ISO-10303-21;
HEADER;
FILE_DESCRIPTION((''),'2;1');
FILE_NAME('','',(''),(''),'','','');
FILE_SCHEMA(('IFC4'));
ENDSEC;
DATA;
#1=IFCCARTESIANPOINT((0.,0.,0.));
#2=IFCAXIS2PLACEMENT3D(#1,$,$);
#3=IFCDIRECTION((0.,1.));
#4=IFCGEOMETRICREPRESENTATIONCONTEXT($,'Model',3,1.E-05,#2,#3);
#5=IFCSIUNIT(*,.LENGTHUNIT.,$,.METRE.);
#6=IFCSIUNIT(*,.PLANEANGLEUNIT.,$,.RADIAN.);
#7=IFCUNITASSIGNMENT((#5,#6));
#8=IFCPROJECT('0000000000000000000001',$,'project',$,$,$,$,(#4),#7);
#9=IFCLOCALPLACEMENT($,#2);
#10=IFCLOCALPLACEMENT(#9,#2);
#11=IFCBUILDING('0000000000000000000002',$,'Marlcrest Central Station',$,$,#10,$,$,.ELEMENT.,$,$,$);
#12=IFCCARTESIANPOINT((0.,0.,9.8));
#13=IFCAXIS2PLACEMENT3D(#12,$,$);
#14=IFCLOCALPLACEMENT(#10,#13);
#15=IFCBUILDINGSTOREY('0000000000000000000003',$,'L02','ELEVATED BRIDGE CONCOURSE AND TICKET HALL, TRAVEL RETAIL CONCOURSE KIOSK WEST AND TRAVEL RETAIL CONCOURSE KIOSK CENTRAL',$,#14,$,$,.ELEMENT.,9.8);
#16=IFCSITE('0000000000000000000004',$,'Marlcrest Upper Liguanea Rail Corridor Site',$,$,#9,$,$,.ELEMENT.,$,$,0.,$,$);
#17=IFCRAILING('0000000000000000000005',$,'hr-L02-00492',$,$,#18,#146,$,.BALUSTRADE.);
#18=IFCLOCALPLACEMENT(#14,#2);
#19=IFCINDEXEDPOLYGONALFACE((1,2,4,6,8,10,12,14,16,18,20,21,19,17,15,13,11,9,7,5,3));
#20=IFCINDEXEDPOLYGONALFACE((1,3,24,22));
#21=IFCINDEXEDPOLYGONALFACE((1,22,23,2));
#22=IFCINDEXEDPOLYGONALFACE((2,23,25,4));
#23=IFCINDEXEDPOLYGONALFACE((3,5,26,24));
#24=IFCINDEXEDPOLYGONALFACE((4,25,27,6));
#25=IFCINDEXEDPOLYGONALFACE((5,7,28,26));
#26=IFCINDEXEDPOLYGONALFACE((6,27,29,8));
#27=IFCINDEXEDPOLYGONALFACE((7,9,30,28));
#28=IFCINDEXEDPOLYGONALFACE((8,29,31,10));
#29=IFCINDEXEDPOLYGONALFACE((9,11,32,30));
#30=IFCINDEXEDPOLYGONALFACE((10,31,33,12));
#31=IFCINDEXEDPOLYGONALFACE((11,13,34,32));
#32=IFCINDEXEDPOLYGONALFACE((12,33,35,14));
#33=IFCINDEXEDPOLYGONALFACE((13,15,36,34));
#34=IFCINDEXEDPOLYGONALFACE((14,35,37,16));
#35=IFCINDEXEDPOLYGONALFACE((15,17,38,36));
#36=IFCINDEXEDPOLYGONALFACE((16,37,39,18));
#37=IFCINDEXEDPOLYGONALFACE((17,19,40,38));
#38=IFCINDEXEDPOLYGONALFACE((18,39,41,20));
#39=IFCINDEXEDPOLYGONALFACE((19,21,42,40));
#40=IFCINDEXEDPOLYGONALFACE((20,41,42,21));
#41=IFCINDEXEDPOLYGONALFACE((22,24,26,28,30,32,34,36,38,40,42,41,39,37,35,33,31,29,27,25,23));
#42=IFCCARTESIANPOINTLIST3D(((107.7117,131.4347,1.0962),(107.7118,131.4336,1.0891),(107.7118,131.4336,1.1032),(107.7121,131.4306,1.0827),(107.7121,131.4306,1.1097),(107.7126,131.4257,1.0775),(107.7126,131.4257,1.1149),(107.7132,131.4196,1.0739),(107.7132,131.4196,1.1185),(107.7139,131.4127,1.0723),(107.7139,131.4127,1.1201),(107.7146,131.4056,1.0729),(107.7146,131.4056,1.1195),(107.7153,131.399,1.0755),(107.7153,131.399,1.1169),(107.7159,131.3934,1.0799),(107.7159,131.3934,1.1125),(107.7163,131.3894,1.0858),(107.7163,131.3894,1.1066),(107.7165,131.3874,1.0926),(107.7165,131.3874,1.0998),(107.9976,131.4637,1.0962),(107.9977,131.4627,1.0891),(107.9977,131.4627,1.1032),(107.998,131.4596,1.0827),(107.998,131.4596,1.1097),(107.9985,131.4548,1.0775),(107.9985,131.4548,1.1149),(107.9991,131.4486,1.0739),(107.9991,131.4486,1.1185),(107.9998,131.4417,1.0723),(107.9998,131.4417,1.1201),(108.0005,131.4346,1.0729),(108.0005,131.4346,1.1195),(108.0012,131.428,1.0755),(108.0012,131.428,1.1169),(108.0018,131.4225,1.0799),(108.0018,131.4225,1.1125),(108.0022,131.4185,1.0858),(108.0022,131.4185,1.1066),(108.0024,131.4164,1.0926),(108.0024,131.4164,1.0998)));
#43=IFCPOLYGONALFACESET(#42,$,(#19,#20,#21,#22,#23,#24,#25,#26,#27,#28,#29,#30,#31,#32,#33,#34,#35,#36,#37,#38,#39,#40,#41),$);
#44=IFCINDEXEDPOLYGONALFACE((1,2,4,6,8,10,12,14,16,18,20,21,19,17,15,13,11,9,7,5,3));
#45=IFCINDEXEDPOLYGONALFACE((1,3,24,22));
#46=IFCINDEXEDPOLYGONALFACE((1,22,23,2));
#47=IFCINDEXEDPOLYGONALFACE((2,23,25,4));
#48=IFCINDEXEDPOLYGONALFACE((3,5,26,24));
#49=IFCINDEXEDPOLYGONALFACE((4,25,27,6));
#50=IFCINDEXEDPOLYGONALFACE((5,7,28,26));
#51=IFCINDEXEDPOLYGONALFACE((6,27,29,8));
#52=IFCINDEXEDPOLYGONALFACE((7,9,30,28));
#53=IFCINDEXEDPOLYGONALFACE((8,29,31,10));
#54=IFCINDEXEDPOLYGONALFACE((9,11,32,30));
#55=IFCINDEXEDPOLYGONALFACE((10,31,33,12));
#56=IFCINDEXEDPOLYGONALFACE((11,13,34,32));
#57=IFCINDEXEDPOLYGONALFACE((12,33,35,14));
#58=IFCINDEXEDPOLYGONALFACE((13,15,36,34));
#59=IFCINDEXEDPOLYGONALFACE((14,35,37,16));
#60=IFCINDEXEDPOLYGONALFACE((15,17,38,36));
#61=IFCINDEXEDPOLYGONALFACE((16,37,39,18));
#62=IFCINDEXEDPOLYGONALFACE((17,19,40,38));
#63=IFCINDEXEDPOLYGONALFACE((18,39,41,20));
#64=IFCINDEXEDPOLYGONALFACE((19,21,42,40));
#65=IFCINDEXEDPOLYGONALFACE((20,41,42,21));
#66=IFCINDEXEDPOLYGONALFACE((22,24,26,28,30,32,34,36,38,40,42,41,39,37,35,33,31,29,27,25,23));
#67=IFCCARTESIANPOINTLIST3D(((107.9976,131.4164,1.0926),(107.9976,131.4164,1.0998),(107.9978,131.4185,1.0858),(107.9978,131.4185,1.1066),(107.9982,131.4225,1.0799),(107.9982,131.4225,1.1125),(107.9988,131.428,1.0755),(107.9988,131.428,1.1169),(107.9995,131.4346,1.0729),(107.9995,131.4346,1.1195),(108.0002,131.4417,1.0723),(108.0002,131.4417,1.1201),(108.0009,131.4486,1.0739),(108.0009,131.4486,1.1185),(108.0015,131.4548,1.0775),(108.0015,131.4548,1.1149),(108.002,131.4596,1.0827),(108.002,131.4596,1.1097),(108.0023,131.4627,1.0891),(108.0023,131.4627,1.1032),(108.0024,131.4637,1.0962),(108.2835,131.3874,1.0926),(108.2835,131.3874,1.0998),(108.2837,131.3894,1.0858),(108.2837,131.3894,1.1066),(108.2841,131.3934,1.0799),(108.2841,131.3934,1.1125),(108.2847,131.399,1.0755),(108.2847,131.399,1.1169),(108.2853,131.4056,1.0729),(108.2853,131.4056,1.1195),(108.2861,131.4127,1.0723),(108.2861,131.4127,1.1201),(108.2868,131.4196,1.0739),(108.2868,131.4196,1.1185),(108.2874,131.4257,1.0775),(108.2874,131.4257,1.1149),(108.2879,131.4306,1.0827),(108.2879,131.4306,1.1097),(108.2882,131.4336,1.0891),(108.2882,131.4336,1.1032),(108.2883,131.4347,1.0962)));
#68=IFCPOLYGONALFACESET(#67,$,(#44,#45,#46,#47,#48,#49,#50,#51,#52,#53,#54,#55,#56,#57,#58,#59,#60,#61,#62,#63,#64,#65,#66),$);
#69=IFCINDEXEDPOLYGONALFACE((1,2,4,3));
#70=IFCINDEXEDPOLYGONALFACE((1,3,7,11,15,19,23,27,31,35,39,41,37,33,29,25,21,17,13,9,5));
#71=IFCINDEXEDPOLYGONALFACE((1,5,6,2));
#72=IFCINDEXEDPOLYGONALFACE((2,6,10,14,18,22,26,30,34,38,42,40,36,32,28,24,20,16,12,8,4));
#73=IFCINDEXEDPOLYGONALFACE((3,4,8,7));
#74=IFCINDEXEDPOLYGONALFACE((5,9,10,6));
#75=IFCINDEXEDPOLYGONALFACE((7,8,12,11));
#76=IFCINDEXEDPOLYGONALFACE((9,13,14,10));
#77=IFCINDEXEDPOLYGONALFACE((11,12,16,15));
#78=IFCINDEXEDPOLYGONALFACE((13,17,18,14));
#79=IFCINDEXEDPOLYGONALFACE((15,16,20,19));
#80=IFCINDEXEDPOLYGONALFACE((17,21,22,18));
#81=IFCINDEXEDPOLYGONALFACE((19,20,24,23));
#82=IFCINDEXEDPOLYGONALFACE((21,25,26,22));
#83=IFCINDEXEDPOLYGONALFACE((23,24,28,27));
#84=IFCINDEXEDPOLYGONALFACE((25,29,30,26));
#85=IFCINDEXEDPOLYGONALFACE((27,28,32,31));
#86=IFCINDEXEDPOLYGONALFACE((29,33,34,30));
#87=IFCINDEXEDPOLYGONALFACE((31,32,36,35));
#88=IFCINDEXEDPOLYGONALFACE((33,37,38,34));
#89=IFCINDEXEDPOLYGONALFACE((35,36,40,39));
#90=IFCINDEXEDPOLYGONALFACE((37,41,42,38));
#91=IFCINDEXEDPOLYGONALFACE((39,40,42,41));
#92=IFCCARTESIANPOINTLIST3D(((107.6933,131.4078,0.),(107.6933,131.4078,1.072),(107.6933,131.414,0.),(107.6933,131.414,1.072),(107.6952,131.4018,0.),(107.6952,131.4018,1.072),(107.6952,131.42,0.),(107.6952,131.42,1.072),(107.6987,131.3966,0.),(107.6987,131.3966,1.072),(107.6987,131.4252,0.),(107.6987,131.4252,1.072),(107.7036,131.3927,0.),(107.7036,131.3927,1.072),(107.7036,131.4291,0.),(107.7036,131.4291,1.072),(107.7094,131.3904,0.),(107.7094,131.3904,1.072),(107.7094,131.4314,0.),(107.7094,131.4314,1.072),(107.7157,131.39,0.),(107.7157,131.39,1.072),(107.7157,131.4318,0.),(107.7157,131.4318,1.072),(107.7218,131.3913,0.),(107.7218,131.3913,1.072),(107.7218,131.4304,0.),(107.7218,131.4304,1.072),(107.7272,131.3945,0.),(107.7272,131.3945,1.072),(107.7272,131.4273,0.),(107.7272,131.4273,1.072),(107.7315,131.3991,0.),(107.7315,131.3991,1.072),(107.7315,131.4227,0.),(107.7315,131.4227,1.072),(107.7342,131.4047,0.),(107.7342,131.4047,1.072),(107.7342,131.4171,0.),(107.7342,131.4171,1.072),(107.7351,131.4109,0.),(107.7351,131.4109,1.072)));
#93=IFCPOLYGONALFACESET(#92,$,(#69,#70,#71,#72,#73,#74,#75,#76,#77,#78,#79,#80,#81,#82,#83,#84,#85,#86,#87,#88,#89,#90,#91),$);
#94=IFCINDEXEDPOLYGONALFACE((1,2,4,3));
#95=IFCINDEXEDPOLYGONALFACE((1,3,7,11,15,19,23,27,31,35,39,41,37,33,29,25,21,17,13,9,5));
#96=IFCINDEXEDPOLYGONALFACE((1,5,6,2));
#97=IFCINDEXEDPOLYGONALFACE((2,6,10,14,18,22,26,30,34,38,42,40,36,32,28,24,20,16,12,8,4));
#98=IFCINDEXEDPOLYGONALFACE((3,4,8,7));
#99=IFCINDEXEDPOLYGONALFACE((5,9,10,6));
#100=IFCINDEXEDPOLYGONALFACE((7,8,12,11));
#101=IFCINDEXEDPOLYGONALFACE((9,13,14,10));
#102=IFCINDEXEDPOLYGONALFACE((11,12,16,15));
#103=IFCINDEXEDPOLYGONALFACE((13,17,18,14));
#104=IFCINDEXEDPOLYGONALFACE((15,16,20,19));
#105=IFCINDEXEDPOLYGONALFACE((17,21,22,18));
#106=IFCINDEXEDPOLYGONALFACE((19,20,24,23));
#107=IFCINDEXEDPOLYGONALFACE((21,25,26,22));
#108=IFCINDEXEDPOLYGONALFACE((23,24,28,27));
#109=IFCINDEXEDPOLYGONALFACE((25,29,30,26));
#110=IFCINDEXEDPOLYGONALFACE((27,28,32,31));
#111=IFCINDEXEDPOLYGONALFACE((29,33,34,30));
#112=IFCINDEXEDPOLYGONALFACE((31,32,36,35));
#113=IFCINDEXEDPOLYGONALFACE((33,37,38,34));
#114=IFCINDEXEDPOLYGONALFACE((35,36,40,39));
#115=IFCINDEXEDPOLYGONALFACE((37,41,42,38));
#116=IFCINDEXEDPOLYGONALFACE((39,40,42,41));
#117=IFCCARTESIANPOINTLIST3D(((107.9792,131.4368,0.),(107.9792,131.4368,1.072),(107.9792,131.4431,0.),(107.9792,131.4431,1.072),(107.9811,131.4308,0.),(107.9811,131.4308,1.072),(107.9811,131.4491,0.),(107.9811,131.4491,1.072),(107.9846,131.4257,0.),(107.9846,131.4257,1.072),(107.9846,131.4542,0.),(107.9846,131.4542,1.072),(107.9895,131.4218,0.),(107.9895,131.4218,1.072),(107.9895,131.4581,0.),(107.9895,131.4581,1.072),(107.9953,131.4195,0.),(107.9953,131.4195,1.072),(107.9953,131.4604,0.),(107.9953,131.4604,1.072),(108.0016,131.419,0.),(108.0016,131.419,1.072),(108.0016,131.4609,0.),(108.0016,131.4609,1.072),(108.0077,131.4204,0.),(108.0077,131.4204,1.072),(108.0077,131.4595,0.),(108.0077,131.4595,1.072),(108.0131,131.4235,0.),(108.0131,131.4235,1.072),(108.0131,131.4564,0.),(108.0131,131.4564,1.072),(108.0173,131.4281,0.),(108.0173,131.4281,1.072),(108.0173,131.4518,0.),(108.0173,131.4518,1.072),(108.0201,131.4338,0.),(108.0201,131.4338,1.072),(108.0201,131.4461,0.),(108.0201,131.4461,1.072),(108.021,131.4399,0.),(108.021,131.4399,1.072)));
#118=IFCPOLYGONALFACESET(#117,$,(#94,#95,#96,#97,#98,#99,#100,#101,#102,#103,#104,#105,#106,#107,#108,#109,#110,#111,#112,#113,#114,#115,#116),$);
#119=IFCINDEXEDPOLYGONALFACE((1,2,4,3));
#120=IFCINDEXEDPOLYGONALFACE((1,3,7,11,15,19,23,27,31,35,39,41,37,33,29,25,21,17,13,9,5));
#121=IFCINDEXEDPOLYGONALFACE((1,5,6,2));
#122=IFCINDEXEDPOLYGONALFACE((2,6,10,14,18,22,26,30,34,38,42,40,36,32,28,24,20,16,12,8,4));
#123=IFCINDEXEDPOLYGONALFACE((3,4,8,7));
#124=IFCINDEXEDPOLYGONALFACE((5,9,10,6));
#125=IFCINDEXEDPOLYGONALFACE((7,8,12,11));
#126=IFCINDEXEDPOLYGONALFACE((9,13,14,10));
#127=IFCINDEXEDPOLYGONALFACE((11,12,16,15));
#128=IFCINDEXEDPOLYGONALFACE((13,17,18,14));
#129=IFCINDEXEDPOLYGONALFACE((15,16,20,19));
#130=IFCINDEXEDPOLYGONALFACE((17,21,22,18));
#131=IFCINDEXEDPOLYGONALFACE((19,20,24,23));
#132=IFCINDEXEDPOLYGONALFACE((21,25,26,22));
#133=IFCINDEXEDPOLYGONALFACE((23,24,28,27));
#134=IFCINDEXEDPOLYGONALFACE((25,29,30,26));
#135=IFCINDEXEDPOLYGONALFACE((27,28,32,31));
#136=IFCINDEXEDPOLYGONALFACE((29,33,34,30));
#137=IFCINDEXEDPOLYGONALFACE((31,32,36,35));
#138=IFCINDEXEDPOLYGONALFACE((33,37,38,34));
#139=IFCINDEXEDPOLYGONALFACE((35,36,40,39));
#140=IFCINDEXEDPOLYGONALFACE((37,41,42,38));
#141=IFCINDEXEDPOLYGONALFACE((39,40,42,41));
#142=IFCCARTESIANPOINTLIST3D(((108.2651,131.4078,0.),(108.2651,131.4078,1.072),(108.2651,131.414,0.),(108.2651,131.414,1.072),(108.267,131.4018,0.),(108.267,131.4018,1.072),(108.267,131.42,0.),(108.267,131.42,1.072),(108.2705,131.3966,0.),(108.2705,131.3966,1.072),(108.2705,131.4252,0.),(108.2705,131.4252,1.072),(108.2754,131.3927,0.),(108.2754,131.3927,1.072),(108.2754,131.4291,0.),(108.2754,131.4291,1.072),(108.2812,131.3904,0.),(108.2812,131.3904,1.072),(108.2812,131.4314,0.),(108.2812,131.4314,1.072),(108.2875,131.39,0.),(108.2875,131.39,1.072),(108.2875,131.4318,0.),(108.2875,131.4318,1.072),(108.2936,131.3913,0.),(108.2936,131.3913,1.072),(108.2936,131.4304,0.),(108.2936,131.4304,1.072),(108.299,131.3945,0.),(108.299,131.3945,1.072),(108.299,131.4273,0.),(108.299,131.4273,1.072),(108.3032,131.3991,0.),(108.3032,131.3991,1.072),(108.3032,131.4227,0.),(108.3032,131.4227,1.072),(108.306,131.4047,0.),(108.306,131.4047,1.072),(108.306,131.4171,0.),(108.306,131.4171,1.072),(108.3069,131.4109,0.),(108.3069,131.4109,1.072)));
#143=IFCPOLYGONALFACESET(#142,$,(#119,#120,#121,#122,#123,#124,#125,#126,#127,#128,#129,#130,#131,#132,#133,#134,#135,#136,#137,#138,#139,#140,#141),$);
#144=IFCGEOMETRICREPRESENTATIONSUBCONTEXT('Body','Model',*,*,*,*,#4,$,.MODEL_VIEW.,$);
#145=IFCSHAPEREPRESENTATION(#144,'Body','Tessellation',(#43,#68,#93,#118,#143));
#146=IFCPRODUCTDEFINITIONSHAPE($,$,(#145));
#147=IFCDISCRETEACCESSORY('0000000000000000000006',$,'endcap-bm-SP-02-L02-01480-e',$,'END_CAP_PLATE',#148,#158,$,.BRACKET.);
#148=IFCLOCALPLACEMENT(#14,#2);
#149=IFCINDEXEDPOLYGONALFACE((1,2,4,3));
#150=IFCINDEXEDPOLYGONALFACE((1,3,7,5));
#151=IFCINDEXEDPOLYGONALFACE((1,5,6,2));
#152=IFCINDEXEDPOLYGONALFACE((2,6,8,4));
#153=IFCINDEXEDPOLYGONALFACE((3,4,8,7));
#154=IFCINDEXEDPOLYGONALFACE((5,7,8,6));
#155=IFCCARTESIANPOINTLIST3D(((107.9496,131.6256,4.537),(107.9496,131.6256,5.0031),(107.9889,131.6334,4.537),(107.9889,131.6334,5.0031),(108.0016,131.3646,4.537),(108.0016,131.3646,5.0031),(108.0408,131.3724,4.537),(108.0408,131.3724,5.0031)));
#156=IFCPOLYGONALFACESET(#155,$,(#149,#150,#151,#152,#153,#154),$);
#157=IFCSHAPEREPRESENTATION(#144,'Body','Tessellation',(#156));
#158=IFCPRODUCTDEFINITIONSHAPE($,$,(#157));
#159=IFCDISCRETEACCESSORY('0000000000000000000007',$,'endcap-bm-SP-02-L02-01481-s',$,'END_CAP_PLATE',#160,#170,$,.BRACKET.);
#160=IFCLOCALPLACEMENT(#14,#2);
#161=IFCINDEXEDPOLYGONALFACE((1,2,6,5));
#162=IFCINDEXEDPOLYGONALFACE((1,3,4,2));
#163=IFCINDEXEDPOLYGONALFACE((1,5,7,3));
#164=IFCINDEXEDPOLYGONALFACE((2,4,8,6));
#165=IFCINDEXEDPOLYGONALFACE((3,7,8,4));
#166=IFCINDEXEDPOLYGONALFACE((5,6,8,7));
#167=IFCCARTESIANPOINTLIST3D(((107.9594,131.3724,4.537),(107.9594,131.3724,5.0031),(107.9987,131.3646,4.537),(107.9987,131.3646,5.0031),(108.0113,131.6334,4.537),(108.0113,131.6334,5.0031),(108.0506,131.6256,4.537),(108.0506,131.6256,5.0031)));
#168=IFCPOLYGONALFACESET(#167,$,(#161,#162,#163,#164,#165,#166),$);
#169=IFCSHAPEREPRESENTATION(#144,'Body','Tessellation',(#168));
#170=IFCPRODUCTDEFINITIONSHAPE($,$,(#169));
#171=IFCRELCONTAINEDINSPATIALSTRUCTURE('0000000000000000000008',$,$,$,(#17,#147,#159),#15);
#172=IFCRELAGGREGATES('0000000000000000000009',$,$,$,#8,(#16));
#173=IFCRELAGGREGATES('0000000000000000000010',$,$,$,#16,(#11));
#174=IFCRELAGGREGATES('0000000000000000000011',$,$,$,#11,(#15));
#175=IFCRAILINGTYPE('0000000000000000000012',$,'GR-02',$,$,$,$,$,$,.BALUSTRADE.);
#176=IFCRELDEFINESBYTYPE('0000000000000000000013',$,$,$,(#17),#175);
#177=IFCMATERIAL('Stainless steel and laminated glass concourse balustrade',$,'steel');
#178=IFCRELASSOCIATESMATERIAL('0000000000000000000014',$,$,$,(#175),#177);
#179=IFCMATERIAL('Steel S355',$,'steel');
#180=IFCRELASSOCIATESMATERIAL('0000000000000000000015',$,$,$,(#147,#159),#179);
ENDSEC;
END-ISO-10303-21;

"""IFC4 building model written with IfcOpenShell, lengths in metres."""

from ifc_helpers import new_model, si_unit, direction, frame, origin, origin_2d, place, context, subcontext, project, spatial, rectangle, circle, extrude, material, type_object, element, save


model = new_model("IFC4")

# Units and contexts
model_context = context("Model", 3, precision=1e-05, world=origin(), true_north=direction((0.0, 1.0)))
body_context = subcontext(model_context, "Body", "Model", "MODEL_VIEW")
ifc_project = project(units=[si_unit("LENGTHUNIT", "METRE"), si_unit("PLANEANGLEUNIT", "RADIAN")], contexts=[model_context])

# Site, building, storey
site_placement = place(None, origin())
site = spatial("IfcSite", under=ifc_project, at=site_placement, Name="Marlcrest Upper Liguanea Rail Corridor Site", CompositionType="ELEMENT", RefElevation=0.0)
building_placement = place(site_placement, origin())
building = spatial("IfcBuilding", under=site, at=building_placement, Name="Marlcrest Central Station", CompositionType="ELEMENT")
storey_placement = place(building_placement, frame((0.0, 0.0, 9.8)))
storey = spatial("IfcBuildingStorey", under=building, at=storey_placement, Name="L02", Description="ELEVATED BRIDGE CONCOURSE AND TICKET HALL, TRAVEL RETAIL CONCOURSE KIOSK WEST AND TRAVEL RETAIL CONCOURSE KIOSK CENTRAL", CompositionType="ELEMENT", Elevation=9.8)

# Shared definitions
ifc_material_1 = material(Name="Steel S355", Category="steel")

# Railing
ifc_material_2 = material(Name="Stainless steel and laminated glass concourse balustrade", Category="steel")
railing_type = type_object("IfcRailingType", Name="GR-02", PredefinedType="BALUSTRADE", material=ifc_material_2)
railing_1_placement = place(storey_placement, frame((107.7141, 131.4109, 0.0)))
element("IfcRailing", 1, at=railing_1_placement, inside=storey, type_object=railing_type, Name="hr-L02-00492", PredefinedType="BALUSTRADE", context=body_context, shape_type="SweptSolid", body=[
    extrude(circle(Radius=0.0239, at=origin_2d()), frame((0.0, 0.0, 1.0962), z_axis=(0.994876, 0.101102, 0.0), x_axis=(-0.101102, 0.994876, 0.0)), (0.0, 0.0, 1.0), 0.2874),
    extrude(circle(Radius=0.0239, at=origin_2d()), frame((0.2859, 0.0291, 1.0962), z_axis=(0.994876, -0.101102, 0.0), x_axis=(0.101102, 0.994876, 0.0)), (0.0, 0.0, 1.0), 0.2874),
    extrude(circle(Radius=0.021, at=origin_2d()), origin(), (0.0, 0.0, 1.0), 1.072),
    extrude(circle(Radius=0.021, at=origin_2d()), frame((0.2859, 0.0291, 0.0)), (0.0, 0.0, 1.0), 1.072),
    extrude(circle(Radius=0.021, at=origin_2d()), frame((0.5718, 0.0, 0.0)), (0.0, 0.0, 1.0), 1.072),
])

# Discrete accessories
for number, where, z_axis, x_axis, name in (
    (2, (107.9756, 131.4951, 4.77), (0.980769, 0.195171, 0.0), (-0.195171, 0.980769, 0.0), "endcap-bm-SP-02-L02-01480-e"),
    (3, (107.9854, 131.5029, 4.77), (0.980769, -0.195171, 0.0), (0.195171, 0.980769, 0.0), "endcap-bm-SP-02-L02-01481-s"),
):
    element("IfcDiscreteAccessory", number, at=place(storey_placement, frame(where, z_axis=z_axis, x_axis=x_axis)), inside=storey, material=ifc_material_1, Name=name, ObjectType="END_CAP_PLATE", PredefinedType="BRACKET", context=body_context, shape_type="SweptSolid", body=[
        extrude(rectangle(XDim=0.2661, YDim=0.4661, at=origin_2d()), origin(), (0.0, 0.0, 1.0), 0.04),
    ])

save(model, "model.ifc")
